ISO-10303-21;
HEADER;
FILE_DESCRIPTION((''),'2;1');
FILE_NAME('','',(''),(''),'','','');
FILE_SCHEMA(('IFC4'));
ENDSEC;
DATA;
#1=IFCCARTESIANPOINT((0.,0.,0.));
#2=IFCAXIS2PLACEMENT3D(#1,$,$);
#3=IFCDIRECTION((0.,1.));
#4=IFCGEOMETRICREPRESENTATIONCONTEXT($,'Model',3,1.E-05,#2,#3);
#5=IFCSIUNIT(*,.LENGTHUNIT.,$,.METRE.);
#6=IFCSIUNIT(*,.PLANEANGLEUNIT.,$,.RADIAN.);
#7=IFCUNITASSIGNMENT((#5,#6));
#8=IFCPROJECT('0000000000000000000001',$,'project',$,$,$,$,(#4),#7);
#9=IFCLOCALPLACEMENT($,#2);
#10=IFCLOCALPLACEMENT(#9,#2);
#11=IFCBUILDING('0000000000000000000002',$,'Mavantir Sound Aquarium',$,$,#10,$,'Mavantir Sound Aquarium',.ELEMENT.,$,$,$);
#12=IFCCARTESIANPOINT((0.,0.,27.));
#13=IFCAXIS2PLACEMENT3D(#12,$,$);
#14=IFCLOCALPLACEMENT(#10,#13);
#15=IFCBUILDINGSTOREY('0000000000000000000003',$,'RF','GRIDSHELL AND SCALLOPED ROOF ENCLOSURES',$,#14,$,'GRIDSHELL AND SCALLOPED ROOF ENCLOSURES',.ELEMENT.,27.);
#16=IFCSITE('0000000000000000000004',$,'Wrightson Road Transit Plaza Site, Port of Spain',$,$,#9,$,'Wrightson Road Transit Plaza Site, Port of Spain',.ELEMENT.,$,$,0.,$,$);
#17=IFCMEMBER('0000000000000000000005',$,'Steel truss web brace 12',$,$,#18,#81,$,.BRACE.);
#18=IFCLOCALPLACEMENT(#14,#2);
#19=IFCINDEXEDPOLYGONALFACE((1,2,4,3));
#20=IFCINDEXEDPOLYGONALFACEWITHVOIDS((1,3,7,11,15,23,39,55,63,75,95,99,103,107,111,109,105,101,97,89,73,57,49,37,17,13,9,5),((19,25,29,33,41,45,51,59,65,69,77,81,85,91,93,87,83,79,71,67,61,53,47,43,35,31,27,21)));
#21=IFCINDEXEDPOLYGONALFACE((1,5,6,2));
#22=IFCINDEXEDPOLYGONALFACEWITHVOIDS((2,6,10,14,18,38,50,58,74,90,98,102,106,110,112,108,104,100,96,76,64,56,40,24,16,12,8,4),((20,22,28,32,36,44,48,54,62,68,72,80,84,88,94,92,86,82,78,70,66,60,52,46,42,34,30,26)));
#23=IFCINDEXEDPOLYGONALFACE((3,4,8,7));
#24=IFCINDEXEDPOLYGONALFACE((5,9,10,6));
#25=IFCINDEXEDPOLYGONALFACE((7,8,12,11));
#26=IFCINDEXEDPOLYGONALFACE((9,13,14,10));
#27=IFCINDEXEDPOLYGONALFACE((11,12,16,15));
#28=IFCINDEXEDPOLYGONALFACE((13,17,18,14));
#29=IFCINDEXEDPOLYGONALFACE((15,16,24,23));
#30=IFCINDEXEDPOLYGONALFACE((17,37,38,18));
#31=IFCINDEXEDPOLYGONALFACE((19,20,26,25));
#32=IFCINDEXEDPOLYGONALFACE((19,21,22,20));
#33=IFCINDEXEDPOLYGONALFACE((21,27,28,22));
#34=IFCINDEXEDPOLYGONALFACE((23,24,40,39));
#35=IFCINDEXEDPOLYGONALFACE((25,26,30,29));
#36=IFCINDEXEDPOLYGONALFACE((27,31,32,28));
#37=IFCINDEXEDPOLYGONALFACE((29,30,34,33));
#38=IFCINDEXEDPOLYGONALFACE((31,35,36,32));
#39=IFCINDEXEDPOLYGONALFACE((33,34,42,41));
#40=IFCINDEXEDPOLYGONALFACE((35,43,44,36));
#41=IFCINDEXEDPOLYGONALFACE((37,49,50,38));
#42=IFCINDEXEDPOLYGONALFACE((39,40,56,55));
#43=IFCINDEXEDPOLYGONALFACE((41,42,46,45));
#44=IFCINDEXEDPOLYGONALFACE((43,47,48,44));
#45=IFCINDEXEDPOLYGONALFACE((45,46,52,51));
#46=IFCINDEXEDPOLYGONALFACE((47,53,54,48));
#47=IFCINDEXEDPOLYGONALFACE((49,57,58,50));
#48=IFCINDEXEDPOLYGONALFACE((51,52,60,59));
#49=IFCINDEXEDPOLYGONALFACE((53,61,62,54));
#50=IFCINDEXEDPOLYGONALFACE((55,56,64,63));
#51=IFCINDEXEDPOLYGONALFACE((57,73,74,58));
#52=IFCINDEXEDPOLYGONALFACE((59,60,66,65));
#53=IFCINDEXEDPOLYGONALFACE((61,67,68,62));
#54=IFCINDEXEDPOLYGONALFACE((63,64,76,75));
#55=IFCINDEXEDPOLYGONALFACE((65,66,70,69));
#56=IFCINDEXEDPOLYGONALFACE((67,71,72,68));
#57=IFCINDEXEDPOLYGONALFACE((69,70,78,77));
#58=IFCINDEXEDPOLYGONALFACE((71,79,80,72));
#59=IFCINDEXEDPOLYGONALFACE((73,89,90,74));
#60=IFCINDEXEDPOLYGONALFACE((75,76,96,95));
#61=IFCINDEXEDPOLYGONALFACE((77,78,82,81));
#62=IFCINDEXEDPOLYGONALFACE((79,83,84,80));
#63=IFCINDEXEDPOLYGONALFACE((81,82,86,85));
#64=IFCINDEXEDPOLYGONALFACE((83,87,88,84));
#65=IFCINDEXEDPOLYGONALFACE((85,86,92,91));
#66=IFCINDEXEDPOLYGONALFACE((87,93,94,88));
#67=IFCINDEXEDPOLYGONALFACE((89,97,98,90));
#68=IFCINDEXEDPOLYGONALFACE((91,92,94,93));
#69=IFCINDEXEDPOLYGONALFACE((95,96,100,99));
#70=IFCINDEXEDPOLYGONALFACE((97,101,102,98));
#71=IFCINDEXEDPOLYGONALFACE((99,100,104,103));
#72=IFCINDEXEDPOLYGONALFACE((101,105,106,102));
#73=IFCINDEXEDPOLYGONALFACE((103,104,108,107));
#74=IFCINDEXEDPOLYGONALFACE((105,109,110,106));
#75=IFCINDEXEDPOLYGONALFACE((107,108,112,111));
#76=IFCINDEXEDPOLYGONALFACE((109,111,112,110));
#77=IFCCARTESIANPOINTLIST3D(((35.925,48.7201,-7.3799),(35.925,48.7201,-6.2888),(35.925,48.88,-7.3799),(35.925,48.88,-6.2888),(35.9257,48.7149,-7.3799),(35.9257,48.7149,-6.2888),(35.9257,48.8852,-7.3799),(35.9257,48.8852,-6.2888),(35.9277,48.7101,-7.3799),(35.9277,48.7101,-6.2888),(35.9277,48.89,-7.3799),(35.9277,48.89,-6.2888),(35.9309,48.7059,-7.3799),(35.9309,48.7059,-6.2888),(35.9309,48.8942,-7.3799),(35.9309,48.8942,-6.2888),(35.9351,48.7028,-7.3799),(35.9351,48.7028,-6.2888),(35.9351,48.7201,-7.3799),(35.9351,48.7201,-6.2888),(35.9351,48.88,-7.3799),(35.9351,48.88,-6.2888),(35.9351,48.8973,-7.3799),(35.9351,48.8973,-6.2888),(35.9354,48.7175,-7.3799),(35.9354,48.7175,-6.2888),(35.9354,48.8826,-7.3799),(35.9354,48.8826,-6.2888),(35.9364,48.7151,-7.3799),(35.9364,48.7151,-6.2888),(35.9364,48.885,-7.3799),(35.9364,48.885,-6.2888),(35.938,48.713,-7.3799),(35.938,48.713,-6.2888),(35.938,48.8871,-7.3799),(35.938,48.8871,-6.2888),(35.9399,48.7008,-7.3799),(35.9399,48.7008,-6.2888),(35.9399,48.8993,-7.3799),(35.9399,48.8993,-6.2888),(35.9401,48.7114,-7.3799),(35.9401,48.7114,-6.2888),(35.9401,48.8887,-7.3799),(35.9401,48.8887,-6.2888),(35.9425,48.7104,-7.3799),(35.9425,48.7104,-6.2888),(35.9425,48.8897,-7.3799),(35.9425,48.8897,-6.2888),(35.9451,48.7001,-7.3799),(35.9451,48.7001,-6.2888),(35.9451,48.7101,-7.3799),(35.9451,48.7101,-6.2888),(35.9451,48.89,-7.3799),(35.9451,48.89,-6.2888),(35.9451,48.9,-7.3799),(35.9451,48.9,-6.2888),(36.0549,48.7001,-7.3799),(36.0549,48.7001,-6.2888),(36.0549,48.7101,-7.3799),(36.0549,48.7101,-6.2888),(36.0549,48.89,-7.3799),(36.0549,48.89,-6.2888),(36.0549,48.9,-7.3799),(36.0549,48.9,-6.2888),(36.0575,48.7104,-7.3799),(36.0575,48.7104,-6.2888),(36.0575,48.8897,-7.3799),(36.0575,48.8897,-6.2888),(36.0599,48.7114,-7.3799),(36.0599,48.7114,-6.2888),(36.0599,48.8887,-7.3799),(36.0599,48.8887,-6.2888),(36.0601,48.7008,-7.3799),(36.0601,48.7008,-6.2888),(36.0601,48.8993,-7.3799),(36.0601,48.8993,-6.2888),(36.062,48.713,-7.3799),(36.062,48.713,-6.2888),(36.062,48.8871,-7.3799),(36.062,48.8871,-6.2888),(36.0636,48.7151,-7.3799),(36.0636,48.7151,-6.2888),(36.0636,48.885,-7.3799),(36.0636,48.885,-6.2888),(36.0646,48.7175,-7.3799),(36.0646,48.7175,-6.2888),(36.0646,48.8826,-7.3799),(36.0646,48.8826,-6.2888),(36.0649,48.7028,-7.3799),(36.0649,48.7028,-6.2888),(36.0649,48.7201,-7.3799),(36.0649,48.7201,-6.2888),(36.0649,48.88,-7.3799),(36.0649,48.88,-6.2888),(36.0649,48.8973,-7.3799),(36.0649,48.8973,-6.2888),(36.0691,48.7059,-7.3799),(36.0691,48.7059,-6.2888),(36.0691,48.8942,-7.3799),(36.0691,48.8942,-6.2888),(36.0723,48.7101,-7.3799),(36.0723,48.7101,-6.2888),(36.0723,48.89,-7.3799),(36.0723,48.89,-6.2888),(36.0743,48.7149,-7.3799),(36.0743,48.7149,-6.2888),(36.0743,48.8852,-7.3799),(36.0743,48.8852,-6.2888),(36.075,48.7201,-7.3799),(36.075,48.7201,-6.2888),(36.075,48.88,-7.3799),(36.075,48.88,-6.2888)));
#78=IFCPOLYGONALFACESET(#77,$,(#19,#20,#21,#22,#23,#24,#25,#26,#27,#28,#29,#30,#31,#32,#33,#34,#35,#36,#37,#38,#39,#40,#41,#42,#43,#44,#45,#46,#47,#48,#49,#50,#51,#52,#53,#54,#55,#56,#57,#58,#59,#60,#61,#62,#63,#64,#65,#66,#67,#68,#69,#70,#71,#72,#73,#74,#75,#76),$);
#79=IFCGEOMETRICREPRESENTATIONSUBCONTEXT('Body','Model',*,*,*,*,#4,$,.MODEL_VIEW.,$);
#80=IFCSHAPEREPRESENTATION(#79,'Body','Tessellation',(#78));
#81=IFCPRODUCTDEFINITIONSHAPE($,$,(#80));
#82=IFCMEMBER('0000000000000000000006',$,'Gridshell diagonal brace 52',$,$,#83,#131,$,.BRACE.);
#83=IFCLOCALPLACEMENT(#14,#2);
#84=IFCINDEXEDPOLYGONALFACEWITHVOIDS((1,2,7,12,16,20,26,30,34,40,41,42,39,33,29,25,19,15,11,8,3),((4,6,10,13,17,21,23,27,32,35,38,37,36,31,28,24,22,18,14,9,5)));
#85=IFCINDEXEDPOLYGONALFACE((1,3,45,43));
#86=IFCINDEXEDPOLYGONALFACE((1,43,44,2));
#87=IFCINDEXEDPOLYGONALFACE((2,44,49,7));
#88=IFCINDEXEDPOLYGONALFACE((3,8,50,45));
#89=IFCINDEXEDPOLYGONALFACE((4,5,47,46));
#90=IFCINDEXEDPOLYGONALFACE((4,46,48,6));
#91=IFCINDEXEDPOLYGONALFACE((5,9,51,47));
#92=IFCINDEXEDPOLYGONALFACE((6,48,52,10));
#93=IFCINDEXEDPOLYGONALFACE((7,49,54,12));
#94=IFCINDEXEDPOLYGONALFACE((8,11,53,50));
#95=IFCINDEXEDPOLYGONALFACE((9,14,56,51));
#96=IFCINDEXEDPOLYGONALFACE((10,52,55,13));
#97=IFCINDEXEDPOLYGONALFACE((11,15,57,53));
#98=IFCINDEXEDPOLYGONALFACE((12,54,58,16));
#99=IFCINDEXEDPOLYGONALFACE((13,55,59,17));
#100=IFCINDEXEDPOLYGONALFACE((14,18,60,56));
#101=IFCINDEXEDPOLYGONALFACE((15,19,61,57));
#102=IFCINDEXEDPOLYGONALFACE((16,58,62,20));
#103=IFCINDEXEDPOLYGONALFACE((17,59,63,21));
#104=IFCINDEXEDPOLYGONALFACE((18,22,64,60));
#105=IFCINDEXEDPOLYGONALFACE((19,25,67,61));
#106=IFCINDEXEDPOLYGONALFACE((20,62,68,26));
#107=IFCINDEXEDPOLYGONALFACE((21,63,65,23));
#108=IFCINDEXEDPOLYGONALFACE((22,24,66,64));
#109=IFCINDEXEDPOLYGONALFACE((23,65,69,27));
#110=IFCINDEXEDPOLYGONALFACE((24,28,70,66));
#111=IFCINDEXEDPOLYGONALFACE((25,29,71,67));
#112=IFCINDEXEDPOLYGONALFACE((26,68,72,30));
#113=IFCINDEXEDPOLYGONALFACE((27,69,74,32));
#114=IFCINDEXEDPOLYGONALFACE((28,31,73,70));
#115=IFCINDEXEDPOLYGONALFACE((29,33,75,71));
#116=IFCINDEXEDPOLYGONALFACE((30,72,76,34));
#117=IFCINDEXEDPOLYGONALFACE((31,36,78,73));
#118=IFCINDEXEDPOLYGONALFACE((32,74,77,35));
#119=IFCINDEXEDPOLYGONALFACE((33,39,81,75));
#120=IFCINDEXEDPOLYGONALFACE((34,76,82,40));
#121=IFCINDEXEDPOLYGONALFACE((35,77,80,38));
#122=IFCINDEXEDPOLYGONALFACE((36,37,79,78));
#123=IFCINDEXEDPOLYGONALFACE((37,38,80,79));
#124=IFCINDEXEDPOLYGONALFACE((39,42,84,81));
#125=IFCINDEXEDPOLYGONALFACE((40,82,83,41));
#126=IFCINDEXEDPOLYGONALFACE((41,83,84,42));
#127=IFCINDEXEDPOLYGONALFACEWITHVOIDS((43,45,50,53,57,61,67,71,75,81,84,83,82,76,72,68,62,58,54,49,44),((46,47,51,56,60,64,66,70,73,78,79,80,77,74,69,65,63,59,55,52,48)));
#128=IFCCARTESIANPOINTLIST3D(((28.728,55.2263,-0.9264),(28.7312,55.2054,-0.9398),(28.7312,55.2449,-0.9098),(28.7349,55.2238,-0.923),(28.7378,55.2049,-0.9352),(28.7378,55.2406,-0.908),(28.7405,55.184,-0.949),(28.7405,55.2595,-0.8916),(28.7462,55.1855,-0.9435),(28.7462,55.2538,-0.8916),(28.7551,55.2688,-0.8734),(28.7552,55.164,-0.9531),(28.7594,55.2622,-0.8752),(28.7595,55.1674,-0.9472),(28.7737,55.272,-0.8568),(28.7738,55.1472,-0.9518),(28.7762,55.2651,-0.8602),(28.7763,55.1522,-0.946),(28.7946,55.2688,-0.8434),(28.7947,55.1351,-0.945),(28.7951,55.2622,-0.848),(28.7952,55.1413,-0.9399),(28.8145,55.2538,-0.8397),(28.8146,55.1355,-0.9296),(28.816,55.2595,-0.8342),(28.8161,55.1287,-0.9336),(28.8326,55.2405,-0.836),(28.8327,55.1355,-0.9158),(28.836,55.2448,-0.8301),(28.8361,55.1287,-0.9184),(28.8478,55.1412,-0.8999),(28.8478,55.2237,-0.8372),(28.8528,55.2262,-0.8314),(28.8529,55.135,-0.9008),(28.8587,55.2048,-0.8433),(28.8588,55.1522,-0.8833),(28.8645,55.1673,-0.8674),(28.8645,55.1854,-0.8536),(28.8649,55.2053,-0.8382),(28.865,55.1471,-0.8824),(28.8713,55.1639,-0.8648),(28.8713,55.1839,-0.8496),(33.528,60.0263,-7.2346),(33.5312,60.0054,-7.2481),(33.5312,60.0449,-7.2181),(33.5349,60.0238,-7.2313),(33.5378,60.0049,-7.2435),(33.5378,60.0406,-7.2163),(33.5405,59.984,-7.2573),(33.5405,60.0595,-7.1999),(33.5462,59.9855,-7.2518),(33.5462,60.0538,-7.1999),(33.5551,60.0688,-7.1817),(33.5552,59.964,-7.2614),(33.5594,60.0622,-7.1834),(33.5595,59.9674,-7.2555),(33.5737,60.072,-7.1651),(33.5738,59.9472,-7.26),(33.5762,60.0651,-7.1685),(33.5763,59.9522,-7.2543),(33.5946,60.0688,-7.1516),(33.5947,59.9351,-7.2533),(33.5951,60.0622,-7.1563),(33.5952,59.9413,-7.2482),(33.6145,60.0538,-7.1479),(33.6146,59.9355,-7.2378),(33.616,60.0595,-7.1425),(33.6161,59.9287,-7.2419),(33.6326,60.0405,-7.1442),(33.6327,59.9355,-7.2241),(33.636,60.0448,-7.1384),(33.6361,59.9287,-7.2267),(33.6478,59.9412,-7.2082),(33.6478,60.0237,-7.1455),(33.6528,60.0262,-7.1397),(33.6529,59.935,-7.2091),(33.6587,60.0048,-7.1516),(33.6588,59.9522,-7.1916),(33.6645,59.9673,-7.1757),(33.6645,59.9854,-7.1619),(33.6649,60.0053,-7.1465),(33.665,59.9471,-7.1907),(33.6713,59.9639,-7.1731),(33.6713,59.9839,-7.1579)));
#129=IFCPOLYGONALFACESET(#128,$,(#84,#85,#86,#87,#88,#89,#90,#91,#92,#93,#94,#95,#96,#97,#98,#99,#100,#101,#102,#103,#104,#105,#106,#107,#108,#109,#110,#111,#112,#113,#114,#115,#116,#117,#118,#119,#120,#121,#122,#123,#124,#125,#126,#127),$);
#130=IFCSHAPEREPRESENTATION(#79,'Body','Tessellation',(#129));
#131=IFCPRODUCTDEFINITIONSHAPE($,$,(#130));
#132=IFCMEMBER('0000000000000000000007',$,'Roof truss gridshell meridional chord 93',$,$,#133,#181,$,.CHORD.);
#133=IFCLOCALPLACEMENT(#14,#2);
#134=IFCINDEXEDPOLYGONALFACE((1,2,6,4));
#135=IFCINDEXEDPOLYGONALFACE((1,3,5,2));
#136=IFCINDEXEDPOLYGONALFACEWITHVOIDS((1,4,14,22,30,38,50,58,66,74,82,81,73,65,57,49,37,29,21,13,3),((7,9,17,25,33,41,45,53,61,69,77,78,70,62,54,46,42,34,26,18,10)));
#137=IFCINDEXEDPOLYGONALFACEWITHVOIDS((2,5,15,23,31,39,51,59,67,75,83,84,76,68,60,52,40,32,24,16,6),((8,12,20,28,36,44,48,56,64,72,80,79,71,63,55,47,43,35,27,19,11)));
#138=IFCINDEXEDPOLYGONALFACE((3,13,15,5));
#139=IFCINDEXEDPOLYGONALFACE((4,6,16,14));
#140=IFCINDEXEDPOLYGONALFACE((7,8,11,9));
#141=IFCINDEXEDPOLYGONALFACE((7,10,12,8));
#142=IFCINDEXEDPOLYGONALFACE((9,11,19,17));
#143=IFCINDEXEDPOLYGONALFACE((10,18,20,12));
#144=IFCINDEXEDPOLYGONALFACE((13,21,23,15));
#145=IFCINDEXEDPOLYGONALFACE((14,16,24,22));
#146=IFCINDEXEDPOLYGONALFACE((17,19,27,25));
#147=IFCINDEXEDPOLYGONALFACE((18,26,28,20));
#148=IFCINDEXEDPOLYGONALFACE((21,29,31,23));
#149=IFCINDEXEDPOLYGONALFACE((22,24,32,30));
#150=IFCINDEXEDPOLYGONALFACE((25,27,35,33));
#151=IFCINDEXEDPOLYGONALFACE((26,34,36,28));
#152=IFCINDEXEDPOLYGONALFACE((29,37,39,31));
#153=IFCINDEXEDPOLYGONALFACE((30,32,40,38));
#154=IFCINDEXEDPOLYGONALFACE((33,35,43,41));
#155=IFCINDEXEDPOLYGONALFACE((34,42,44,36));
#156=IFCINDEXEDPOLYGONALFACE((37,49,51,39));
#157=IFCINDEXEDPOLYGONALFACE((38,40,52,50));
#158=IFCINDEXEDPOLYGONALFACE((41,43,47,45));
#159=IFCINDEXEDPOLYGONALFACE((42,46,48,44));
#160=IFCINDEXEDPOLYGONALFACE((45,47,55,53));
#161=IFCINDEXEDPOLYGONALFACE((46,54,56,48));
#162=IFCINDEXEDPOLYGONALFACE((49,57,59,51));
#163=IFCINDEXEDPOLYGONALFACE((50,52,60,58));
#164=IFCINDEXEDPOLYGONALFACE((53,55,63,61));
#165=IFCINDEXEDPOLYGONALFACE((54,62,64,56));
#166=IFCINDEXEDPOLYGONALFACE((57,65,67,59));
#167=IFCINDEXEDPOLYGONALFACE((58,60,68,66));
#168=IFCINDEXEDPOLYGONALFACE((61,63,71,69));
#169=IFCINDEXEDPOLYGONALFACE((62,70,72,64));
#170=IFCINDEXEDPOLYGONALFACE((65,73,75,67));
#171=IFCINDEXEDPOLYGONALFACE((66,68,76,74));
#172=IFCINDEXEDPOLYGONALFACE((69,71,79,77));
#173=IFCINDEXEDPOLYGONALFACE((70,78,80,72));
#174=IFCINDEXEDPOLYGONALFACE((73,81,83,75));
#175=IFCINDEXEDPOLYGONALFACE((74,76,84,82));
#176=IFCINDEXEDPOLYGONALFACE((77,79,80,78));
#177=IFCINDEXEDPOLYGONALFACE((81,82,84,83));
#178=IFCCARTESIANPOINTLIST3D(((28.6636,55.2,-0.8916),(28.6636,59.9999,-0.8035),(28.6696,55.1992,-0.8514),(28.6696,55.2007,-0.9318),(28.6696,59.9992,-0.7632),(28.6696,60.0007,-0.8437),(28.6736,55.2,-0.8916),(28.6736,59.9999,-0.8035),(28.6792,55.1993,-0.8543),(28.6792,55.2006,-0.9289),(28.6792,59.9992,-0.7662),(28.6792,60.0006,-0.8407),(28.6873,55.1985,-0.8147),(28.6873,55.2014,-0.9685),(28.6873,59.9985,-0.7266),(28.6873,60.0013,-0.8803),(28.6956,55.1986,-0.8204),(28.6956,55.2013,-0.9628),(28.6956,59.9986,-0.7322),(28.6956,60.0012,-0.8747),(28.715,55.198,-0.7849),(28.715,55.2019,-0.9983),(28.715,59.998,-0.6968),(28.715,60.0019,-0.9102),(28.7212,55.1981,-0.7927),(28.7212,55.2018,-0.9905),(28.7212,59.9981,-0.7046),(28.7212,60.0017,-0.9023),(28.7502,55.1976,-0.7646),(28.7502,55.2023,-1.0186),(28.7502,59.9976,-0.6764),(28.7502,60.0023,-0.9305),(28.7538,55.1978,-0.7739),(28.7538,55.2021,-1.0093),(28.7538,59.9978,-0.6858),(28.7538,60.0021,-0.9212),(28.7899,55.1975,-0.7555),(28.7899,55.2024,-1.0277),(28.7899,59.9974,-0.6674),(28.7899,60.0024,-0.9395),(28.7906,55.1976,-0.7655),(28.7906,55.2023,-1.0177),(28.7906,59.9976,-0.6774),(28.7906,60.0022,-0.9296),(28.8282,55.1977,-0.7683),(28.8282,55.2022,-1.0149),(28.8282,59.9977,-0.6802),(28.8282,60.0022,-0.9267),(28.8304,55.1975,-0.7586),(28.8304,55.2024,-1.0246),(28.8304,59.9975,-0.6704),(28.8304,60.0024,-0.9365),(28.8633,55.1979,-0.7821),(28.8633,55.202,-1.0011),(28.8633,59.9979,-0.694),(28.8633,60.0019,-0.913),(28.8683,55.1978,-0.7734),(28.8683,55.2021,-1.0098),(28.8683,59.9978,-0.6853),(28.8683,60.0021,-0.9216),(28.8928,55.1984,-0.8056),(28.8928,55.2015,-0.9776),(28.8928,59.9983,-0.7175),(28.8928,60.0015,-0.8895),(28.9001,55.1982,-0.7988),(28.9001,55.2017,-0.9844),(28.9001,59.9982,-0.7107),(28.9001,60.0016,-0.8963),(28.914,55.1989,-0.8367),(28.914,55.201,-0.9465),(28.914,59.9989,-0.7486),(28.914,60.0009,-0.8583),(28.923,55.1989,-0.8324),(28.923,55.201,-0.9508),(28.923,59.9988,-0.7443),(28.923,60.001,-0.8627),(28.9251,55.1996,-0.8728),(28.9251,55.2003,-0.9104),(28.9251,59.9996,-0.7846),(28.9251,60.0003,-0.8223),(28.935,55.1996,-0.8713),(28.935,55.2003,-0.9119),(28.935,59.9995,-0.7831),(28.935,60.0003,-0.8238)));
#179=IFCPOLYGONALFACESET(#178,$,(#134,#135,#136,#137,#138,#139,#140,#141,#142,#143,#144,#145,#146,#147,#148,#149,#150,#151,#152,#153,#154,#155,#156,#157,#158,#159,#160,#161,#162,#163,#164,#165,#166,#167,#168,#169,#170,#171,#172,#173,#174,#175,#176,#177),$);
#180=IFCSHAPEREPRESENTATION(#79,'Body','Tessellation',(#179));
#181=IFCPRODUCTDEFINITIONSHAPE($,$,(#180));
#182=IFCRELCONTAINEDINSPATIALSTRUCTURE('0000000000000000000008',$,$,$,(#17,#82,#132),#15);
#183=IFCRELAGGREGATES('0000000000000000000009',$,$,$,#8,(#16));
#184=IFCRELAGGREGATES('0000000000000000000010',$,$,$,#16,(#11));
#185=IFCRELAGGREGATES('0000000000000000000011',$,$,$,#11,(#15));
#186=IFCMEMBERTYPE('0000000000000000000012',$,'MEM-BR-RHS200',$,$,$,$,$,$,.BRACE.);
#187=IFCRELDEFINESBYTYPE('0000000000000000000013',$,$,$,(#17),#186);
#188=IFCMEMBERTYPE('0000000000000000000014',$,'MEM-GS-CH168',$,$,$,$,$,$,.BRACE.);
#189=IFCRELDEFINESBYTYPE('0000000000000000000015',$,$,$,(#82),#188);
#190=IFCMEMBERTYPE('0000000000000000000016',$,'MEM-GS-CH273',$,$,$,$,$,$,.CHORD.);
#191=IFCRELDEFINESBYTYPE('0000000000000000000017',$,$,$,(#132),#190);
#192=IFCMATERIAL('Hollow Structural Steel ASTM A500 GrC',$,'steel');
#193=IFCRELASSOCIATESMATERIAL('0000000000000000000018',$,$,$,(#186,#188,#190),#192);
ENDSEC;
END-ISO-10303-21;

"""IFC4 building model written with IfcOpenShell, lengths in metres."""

from ifc_helpers import new_model, si_unit, direction, frame, origin, origin_2d, place, context, subcontext, project, spatial, hollow_rectangle, hollow_circle, extrude, material, material_profile, profile_set, type_object, element, save


model = new_model("IFC4")

# Units and contexts
model_context = context("Model", 3, precision=1e-05, world=origin(), true_north=direction((0.0, 1.0)))
body_context = subcontext(model_context, "Body", "Model", "MODEL_VIEW")
ifc_project = project(units=[si_unit("LENGTHUNIT", "METRE"), si_unit("PLANEANGLEUNIT", "RADIAN")], contexts=[model_context])

# Site, building, storey
site_placement = place(None, origin())
site = spatial("IfcSite", under=ifc_project, at=site_placement, Name="Wrightson Road Transit Plaza Site, Port of Spain", LongName="Wrightson Road Transit Plaza Site, Port of Spain", CompositionType="ELEMENT", RefElevation=0.0)
building_placement = place(site_placement, origin())
building = spatial("IfcBuilding", under=site, at=building_placement, Name="Mavantir Sound Aquarium", LongName="Mavantir Sound Aquarium", CompositionType="ELEMENT")
storey_placement = place(building_placement, frame((0.0, 0.0, 27.0)))
storey = spatial("IfcBuildingStorey", under=building, at=storey_placement, Name="RF", Description="GRIDSHELL AND SCALLOPED ROOF ENCLOSURES", LongName="GRIDSHELL AND SCALLOPED ROOF ENCLOSURES", CompositionType="ELEMENT", Elevation=27.0)

# Shared definitions
ifc_material_1 = material(Name="Hollow Structural Steel ASTM A500 GrC", Category="steel")

# Members
ifc_material_profile_1 = material_profile(ifc_material_1, hollow_rectangle(XDim=0.1499, YDim=0.2, WallThickness=0.01, InnerFilletRadius=0.01, OuterFilletRadius=0.02, at=origin_2d()), Name="RHS 200X150X10")
ifc_profile_set_1 = profile_set([ifc_material_profile_1], Name="Hollow Structural Steel ASTM A500 GrC")
member_type_1 = type_object("IfcMemberType", Name="MEM-BR-RHS200", PredefinedType="BRACE", material=ifc_profile_set_1)
member_1_placement = place(storey_placement, frame((36.0, 48.8, -7.3799), z_axis=(0.0, 0.0, 1.0), x_axis=(1.0, 0.0, 0.0)))
element("IfcMember", 1, at=member_1_placement, inside=storey, type_object=member_type_1, Name="Steel truss web brace 12", PredefinedType="BRACE", context=body_context, shape_type="SweptSolid", body=[
    extrude(hollow_rectangle(XDim=0.1499, YDim=0.2, WallThickness=0.01, InnerFilletRadius=0.01, OuterFilletRadius=0.02, at=origin_2d()), origin(), (0.0, 0.0, 1.0), 1.0911),
])
ifc_material_profile_2 = material_profile(ifc_material_1, hollow_circle(Radius=0.0842, WallThickness=0.0081, at=origin_2d()), Name="CHS 168.3X8")
ifc_profile_set_2 = profile_set([ifc_material_profile_2], Name="Hollow Structural Steel ASTM A500 GrC")
member_type_2 = type_object("IfcMemberType", Name="MEM-GS-CH168", PredefinedType="BRACE", material=ifc_profile_set_2)
member_2_placement = place(storey_placement, frame((28.8, 55.2, -0.8916), z_axis=(0.517975, 0.517975, -0.680737), x_axis=(-0.707107, 0.707107, 0.0)))
element("IfcMember", 2, at=member_2_placement, inside=storey, type_object=member_type_2, Name="Gridshell diagonal brace 52", PredefinedType="BRACE", context=body_context, shape_type="SweptSolid", body=[
    extrude(hollow_circle(Radius=0.0842, WallThickness=0.0081, at=origin_2d()), origin(), (0.0, 0.0, 1.0), 9.2668),
])
ifc_material_profile_3 = material_profile(ifc_material_1, hollow_circle(Radius=0.1365, WallThickness=0.01, at=origin_2d()), Name="CHS 273X10")
ifc_profile_set_3 = profile_set([ifc_material_profile_3], Name="Hollow Structural Steel ASTM A500 GrC")
member_type_3 = type_object("IfcMemberType", Name="MEM-GS-CH273", PredefinedType="CHORD", material=ifc_profile_set_3)
member_3_placement = place(storey_placement, frame((28.8, 55.2, -0.8916), z_axis=(0.0, 0.999831, 0.018358), x_axis=(-1.0, 0.0, 0.0)))
element("IfcMember", 3, at=member_3_placement, inside=storey, type_object=member_type_3, Name="Roof truss gridshell meridional chord 93", PredefinedType="CHORD", context=body_context, shape_type="SweptSolid", body=[
    extrude(hollow_circle(Radius=0.1365, WallThickness=0.01, at=origin_2d()), origin(), (0.0, 0.0, 1.0), 4.8008),
])

save(model, "model.ifc")
